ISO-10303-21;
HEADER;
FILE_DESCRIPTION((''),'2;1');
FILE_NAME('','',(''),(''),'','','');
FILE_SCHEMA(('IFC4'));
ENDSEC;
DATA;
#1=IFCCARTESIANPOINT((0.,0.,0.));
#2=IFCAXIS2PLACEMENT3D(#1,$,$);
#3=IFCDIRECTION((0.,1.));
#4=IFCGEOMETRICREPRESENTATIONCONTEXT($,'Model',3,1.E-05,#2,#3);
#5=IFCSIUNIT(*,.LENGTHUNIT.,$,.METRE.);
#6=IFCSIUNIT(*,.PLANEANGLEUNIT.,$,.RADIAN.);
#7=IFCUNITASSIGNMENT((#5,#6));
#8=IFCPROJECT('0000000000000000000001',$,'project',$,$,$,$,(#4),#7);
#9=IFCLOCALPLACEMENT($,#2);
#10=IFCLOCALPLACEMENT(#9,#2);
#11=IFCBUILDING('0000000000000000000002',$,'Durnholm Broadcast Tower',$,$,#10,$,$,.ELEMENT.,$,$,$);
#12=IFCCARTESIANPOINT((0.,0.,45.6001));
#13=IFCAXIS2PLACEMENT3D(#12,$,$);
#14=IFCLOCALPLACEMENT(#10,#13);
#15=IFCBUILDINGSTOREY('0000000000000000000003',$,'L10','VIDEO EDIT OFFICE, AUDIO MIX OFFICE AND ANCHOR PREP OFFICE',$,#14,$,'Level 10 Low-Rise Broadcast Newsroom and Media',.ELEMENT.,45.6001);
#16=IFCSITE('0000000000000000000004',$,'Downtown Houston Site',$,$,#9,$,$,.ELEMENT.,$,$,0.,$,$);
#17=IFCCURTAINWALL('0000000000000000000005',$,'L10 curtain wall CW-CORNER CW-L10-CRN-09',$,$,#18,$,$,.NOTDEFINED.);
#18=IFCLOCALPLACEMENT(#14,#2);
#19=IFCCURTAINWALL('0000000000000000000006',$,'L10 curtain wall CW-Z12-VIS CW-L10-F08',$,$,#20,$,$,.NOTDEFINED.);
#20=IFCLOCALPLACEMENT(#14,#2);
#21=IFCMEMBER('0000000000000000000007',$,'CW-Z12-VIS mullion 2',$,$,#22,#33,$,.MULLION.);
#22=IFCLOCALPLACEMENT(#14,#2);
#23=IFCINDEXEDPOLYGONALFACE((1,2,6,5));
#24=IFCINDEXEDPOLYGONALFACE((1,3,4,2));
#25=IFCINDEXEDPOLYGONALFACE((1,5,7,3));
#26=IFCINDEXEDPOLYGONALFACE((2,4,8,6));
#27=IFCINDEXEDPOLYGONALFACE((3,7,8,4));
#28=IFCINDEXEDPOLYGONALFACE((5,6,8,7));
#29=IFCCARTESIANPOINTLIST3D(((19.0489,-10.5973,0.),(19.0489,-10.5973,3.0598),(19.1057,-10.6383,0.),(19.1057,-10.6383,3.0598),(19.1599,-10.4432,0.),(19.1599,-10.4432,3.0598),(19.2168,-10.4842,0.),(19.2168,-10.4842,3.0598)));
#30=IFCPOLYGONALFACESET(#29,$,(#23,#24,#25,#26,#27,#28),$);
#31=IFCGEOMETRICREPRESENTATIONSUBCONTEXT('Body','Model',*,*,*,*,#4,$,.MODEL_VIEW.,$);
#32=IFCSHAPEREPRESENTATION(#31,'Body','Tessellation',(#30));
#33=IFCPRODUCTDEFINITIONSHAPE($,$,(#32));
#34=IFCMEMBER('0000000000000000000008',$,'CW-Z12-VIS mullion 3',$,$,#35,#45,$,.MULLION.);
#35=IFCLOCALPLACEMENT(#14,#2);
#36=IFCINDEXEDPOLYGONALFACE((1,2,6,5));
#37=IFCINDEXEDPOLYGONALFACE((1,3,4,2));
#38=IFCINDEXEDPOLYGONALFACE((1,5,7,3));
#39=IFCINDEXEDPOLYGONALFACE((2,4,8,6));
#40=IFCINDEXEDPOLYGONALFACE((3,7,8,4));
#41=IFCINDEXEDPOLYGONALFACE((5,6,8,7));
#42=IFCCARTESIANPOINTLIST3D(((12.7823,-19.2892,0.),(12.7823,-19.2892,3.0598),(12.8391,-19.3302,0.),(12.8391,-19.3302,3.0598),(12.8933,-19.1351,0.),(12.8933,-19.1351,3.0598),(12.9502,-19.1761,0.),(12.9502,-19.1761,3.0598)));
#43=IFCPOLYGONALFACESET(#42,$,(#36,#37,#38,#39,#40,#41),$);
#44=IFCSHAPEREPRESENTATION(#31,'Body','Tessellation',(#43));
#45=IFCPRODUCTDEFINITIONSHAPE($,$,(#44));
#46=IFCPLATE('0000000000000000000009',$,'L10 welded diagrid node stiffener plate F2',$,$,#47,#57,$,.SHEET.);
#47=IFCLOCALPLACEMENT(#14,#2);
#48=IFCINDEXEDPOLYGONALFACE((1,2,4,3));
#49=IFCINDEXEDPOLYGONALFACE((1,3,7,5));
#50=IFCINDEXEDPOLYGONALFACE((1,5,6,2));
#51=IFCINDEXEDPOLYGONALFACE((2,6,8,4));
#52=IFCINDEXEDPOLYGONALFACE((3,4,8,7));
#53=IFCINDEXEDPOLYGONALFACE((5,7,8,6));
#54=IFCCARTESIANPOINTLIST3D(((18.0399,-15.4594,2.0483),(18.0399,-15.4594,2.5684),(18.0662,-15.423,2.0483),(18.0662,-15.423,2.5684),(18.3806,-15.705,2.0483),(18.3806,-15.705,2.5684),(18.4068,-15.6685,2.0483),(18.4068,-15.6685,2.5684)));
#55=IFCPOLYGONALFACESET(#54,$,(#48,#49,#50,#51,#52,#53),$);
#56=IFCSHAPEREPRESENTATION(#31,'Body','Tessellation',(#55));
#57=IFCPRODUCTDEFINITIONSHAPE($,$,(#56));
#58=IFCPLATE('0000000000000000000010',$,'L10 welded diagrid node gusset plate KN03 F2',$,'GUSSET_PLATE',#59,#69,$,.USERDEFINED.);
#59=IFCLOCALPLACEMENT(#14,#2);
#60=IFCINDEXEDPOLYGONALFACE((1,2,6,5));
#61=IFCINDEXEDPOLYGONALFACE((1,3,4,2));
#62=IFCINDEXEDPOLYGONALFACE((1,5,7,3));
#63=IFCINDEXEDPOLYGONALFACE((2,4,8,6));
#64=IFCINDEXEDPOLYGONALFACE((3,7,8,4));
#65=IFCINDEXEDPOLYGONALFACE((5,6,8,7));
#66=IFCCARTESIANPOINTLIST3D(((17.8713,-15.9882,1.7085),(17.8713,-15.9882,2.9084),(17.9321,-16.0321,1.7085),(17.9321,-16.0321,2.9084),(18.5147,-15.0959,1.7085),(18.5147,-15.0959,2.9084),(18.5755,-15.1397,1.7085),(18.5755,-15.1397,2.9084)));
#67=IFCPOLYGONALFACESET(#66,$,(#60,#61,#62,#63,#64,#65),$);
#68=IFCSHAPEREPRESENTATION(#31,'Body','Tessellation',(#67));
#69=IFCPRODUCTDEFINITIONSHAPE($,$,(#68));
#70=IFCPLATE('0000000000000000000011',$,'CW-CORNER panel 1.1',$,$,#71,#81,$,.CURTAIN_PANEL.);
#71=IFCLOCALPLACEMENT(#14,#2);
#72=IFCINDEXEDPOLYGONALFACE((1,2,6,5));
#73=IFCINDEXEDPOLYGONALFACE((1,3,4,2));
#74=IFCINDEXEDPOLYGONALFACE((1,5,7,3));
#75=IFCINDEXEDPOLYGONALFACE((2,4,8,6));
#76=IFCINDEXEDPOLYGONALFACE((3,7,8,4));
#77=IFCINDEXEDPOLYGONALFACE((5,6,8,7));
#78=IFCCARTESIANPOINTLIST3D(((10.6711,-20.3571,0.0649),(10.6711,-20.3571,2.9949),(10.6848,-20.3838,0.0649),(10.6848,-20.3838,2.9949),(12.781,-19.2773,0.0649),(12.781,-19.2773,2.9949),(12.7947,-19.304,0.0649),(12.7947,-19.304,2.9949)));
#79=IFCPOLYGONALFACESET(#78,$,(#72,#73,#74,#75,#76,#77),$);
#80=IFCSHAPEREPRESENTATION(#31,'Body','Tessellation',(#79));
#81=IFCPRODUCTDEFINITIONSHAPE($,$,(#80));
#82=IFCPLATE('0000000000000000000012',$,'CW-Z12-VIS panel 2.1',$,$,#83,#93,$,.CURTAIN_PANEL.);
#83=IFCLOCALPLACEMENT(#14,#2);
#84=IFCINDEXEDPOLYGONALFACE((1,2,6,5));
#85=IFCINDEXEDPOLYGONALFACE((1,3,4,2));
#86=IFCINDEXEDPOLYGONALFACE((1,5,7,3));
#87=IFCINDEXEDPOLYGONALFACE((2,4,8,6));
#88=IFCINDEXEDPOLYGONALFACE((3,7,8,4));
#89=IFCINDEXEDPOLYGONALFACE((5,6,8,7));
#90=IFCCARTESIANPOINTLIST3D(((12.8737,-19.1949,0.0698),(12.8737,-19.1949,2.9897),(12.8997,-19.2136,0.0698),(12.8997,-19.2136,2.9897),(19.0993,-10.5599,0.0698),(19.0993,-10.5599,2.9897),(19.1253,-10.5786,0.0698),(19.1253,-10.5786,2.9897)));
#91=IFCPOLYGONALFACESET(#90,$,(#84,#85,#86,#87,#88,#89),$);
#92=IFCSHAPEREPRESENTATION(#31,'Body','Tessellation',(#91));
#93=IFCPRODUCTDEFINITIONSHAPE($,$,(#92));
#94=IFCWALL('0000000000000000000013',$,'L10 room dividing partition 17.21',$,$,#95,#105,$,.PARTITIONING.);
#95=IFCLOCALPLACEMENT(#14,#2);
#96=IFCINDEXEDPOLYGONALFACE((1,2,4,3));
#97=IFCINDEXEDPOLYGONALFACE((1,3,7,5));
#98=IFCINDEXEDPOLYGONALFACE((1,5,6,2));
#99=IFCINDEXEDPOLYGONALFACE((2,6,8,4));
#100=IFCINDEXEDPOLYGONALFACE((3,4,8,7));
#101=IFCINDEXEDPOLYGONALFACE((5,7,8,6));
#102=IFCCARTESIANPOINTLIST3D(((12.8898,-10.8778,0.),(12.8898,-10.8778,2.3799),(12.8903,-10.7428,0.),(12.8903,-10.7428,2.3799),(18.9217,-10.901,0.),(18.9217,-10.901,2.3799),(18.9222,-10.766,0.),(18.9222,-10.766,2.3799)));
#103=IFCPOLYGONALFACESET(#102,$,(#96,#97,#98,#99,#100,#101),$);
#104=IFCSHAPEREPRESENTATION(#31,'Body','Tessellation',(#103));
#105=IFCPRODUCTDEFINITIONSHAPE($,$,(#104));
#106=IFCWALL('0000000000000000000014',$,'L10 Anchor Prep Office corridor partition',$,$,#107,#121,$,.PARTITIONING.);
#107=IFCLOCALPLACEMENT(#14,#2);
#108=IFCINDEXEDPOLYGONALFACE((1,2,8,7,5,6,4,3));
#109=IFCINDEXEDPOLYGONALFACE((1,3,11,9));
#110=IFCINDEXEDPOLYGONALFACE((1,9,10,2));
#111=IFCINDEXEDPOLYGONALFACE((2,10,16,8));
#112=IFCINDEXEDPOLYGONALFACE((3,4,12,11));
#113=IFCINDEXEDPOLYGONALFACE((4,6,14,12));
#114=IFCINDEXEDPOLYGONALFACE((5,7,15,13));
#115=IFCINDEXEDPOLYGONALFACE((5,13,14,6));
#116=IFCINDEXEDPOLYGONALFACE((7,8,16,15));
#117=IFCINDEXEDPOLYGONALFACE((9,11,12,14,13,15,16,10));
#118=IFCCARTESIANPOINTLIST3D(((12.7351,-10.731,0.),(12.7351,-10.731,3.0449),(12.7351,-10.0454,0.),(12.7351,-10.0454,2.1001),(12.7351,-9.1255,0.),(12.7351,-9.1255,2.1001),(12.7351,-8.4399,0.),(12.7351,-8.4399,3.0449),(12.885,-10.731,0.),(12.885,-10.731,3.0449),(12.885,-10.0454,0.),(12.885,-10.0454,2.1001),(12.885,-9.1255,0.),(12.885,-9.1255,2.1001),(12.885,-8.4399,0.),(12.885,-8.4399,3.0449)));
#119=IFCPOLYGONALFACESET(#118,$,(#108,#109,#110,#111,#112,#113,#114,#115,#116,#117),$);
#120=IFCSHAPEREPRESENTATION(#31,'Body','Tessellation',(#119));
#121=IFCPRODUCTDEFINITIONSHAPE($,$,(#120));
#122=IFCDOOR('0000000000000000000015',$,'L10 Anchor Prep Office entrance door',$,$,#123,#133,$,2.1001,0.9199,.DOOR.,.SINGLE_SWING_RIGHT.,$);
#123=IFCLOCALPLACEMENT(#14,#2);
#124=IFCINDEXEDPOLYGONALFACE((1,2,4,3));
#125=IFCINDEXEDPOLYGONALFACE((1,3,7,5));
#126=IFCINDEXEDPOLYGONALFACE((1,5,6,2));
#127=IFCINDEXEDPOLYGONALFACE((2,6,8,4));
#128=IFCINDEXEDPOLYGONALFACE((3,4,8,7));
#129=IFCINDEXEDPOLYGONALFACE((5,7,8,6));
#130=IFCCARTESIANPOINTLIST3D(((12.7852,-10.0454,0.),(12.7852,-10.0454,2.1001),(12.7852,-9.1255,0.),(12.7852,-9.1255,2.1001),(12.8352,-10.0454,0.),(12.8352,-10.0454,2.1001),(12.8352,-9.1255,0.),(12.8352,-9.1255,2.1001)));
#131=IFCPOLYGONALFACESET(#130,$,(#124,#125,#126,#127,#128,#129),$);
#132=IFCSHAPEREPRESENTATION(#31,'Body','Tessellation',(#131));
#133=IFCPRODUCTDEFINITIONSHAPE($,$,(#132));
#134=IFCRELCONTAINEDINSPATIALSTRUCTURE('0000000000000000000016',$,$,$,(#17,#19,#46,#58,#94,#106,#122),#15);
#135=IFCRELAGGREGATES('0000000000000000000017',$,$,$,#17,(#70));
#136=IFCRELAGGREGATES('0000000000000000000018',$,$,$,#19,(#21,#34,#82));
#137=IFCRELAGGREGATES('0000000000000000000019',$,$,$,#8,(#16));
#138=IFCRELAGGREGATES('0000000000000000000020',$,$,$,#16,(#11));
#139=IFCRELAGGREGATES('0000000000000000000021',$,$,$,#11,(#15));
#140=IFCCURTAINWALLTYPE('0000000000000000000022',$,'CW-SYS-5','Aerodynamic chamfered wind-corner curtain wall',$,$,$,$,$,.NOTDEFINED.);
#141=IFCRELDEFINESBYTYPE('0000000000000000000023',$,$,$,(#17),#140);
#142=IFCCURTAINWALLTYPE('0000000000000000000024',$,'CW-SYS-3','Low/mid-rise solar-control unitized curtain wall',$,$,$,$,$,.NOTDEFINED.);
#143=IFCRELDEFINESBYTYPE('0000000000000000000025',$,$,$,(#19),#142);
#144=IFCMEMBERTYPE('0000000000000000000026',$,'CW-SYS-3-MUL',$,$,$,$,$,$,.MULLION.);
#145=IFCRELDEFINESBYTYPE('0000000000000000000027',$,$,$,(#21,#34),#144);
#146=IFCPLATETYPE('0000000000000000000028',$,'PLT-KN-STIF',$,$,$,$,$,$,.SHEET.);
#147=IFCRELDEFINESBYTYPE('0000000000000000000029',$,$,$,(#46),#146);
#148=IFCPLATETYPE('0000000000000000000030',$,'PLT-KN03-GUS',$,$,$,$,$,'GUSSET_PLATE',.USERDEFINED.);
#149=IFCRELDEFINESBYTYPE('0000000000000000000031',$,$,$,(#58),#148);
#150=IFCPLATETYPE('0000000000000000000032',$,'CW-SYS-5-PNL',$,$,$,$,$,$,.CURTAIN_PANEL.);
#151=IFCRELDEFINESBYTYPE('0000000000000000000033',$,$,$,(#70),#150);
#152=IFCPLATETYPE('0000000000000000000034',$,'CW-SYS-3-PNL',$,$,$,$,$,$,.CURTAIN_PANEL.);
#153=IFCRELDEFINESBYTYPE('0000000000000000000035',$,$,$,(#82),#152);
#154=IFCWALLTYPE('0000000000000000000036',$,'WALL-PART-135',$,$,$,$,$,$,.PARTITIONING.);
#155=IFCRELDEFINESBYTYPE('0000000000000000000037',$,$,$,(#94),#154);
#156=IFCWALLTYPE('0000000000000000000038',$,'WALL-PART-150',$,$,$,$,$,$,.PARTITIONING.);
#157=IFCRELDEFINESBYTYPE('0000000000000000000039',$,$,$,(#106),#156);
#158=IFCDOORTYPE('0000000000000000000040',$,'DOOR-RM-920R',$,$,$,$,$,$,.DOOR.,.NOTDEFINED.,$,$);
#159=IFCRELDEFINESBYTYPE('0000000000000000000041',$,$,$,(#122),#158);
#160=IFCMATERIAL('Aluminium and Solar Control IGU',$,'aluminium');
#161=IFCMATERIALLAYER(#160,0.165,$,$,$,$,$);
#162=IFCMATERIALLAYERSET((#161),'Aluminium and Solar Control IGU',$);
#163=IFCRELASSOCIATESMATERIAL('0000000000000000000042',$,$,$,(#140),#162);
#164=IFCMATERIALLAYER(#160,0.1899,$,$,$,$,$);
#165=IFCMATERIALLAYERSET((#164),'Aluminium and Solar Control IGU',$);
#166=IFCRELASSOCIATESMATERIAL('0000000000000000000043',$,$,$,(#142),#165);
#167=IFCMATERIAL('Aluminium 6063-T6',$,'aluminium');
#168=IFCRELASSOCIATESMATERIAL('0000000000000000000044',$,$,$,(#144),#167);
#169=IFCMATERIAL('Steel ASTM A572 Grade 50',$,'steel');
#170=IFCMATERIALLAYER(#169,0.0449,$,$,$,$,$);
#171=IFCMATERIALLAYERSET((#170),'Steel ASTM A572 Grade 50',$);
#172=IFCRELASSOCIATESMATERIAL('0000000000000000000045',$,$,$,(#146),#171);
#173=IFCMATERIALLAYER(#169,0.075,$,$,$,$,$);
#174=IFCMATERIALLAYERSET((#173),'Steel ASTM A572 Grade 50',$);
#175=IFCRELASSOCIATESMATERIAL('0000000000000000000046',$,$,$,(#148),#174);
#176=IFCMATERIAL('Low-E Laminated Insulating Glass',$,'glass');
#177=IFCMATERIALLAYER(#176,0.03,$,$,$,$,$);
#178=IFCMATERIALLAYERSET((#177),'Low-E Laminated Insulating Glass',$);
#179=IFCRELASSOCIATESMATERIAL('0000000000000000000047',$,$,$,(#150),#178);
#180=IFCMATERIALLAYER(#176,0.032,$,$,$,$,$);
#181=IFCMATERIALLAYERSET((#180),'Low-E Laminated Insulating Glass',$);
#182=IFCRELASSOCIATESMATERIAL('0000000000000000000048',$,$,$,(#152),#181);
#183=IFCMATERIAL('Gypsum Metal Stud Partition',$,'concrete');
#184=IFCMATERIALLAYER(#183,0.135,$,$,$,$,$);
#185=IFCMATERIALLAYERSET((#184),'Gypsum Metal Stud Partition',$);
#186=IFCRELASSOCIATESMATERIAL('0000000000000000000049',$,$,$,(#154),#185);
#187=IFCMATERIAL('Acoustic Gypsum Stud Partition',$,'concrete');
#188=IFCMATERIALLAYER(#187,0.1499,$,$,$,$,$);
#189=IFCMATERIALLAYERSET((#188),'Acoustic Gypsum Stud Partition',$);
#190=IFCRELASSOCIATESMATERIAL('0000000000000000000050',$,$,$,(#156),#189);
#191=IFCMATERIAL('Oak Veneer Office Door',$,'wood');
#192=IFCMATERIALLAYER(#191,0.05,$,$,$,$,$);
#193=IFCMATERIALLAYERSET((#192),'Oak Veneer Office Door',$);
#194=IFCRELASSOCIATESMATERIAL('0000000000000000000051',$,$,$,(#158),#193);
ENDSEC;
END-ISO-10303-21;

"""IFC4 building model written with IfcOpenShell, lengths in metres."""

from ifc_helpers import new_model, si_unit, direction, frame, frame_2d, origin, origin_2d, place, context, subcontext, project, spatial, rectangle, extrude, source, transform, mapped, material, layer, layer_set, material_profile, profile_set, type_object, type_shapes, element, fill, aggregate, save


model = new_model("IFC4")

# Units and contexts
model_context = context("Model", 3, precision=1e-05, world=origin(), true_north=direction((0.0, 1.0)))
body_context = subcontext(model_context, "Body", "Model", "MODEL_VIEW")
ifc_project = project(units=[si_unit("LENGTHUNIT", "METRE"), si_unit("PLANEANGLEUNIT", "RADIAN")], contexts=[model_context])

# Site, building, storey
site_placement = place(None, origin())
site = spatial("IfcSite", under=ifc_project, at=site_placement, Name="Downtown Houston Site", CompositionType="ELEMENT", RefElevation=0.0)
building_placement = place(site_placement, origin())
building = spatial("IfcBuilding", under=site, at=building_placement, Name="Durnholm Broadcast Tower", CompositionType="ELEMENT")
storey_placement = place(building_placement, frame((0.0, 0.0, 45.6001)))
storey = spatial("IfcBuildingStorey", under=building, at=storey_placement, Name="L10", Description="VIDEO EDIT OFFICE, AUDIO MIX OFFICE AND ANCHOR PREP OFFICE", LongName="Level 10 Low-Rise Broadcast Newsroom and Media", CompositionType="ELEMENT", Elevation=45.6001)

# Curtain walls
ifc_material_1 = material(Name="Aluminium and Solar Control IGU", Category="aluminium")
ifc_layer_1 = layer(ifc_material_1, 0.165)
ifc_layer_set_1 = layer_set([ifc_layer_1], Name="Aluminium and Solar Control IGU")
curtain_wall_type_1 = type_object("IfcCurtainWallType", Name="CW-SYS-5", Description="Aerodynamic chamfered wind-corner curtain wall", PredefinedType="NOTDEFINED", material=ifc_layer_set_1)
curtain_wall_1_placement = place(storey_placement, origin())
curtain_wall_1 = element("IfcCurtainWall", 1, at=curtain_wall_1_placement, inside=storey, type_object=curtain_wall_type_1, Name="L10 curtain wall CW-CORNER CW-L10-CRN-09", PredefinedType="NOTDEFINED")
ifc_material_2 = material(Name="Aluminium 6063-T6", Category="aluminium")
ifc_layer_2 = layer(ifc_material_1, 0.1899)
ifc_layer_set_2 = layer_set([ifc_layer_2], Name="Aluminium and Solar Control IGU")
curtain_wall_type_2 = type_object("IfcCurtainWallType", Name="CW-SYS-3", Description="Low/mid-rise solar-control unitized curtain wall", PredefinedType="NOTDEFINED", material=ifc_layer_set_2)
curtain_wall_2_placement = place(storey_placement, origin())
curtain_wall_2 = element("IfcCurtainWall", 2, at=curtain_wall_2_placement, inside=storey, type_object=curtain_wall_type_2, Name="L10 curtain wall CW-Z12-VIS CW-L10-F08", PredefinedType="NOTDEFINED")

# Members
ifc_material_profile_1 = material_profile(ifc_material_2, rectangle(XDim=0.0701, YDim=0.1899, at=origin_2d()), Name="CWM70X190")
ifc_profile_set_1 = profile_set([ifc_material_profile_1], Name="Aluminium 6063-T6")
member_type_1 = type_object("IfcMemberType", Name="CW-SYS-3-MUL", PredefinedType="MULLION", material=ifc_profile_set_1)
shared_shape_1 = source(origin(), body_context, "Body", "SweptSolid", [
    extrude(rectangle(XDim=0.0701, YDim=0.1899, at=origin_2d()), origin(), (0.0, 0.0, 1.0), 3.0598),
])
type_shapes(member_type_1, [shared_shape_1])
member_1_placement = place(storey_placement, frame((19.1328, -10.5408, 0.0), z_axis=(0.0, 0.0, 1.0), x_axis=(0.811161, -0.584823, 0.0)))
member_1 = element("IfcMember", 3, at=member_1_placement, type_object=member_type_1, Name="CW-Z12-VIS mullion 2", PredefinedType="MULLION", context=body_context, shape_type="MappedRepresentation", body=[
    mapped(shared_shape_1, transform((0.0, 0.0, 0.0), x_axis=(1.0, 0.0, 0.0), y_axis=(0.0, 1.0, 0.0), z_axis=(0.0, 0.0, 1.0), scale=1.0)),
])
member_2_placement = place(storey_placement, frame((12.8662, -19.2327, 0.0), z_axis=(0.0, 0.0, 1.0), x_axis=(0.811161, -0.584823, 0.0)))
member_2 = element("IfcMember", 4, at=member_2_placement, type_object=member_type_1, Name="CW-Z12-VIS mullion 3", PredefinedType="MULLION", context=body_context, shape_type="MappedRepresentation", body=[
    mapped(shared_shape_1, transform((0.0, 0.0, 0.0), x_axis=(1.0, 0.0, 0.0), y_axis=(0.0, 1.0, 0.0), z_axis=(0.0, 0.0, 1.0), scale=1.0)),
])

# Plates
ifc_material_3 = material(Name="Steel ASTM A572 Grade 50", Category="steel")
ifc_layer_3 = layer(ifc_material_3, 0.0449)
ifc_layer_set_3 = layer_set([ifc_layer_3], Name="Steel ASTM A572 Grade 50")
plate_type_1 = type_object("IfcPlateType", Name="PLT-KN-STIF", PredefinedType="SHEET", material=ifc_layer_set_3)
shared_shape_2 = source(origin(), body_context, "Body", "SweptSolid", [
    extrude(rectangle(XDim=0.0449, YDim=0.4199, at=origin_2d()), origin(), (0.0, 0.0, 1.0), 0.52),
])
type_shapes(plate_type_1, [shared_shape_2])
plate_1_placement = place(storey_placement, frame((18.2234, -15.564, 2.0483), z_axis=(0.0, 0.0, 1.0), x_axis=(0.584816, 0.811166, 0.0)))
element("IfcPlate", 5, at=plate_1_placement, inside=storey, type_object=plate_type_1, Name="L10 welded diagrid node stiffener plate F2", PredefinedType="SHEET", context=body_context, shape_type="MappedRepresentation", body=[
    mapped(shared_shape_2, transform((0.0, 0.0, 0.0), x_axis=(1.0, 0.0, 0.0), y_axis=(0.0, 1.0, 0.0), z_axis=(0.0, 0.0, 1.0), scale=1.0)),
])
ifc_layer_4 = layer(ifc_material_3, 0.075)
ifc_layer_set_4 = layer_set([ifc_layer_4], Name="Steel ASTM A572 Grade 50")
plate_type_2 = type_object("IfcPlateType", Name="PLT-KN03-GUS", ElementType="GUSSET_PLATE", PredefinedType="USERDEFINED", material=ifc_layer_set_4)
shared_shape_3 = source(origin(), body_context, "Body", "SweptSolid", [
    extrude(rectangle(XDim=1.1001, YDim=0.075, at=origin_2d()), origin(), (0.0, 0.0, 1.0), 1.2),
])
type_shapes(plate_type_2, [shared_shape_3])
plate_2_placement = place(storey_placement, frame((18.2234, -15.564, 1.7085), z_axis=(0.0, 0.0, 1.0), x_axis=(0.584816, 0.811166, 0.0)))
element("IfcPlate", 6, at=plate_2_placement, inside=storey, type_object=plate_type_2, Name="L10 welded diagrid node gusset plate KN03 F2", ObjectType="GUSSET_PLATE", PredefinedType="USERDEFINED", context=body_context, shape_type="MappedRepresentation", body=[
    mapped(shared_shape_3, transform((0.0, 0.0, 0.0), x_axis=(1.0, 0.0, 0.0), y_axis=(0.0, 1.0, 0.0), z_axis=(0.0, 0.0, 1.0), scale=1.0)),
])

# Plates
ifc_material_4 = material(Name="Low-E Laminated Insulating Glass", Category="glass")
ifc_layer_5 = layer(ifc_material_4, 0.03)
ifc_layer_set_5 = layer_set([ifc_layer_5], Name="Low-E Laminated Insulating Glass")
plate_type_3 = type_object("IfcPlateType", Name="CW-SYS-5-PNL", PredefinedType="CURTAIN_PANEL", material=ifc_layer_set_5)
shared_shape_4 = source(origin(), body_context, "Body", "SweptSolid", [
    extrude(rectangle(XDim=2.3701, YDim=0.03, at=origin_2d()), origin(), (0.0, 0.0, 1.0), 2.9299),
])
type_shapes(plate_type_3, [shared_shape_4])
plate_3_placement = place(storey_placement, frame((11.7329, -19.8306, 0.0649), z_axis=(0.0, 0.0, 1.0), x_axis=(-0.890188, -0.455594, 0.0)))
plate_3 = element("IfcPlate", 7, at=plate_3_placement, type_object=plate_type_3, Name="CW-CORNER panel 1.1", PredefinedType="CURTAIN_PANEL", context=body_context, shape_type="MappedRepresentation", body=[
    mapped(shared_shape_4, transform((0.0, 0.0, 0.0), x_axis=(1.0, 0.0, 0.0), y_axis=(0.0, 1.0, 0.0), z_axis=(0.0, 0.0, 1.0), scale=1.0)),
])
aggregate(curtain_wall_1, [plate_3])
ifc_layer_6 = layer(ifc_material_4, 0.032)
ifc_layer_set_6 = layer_set([ifc_layer_6], Name="Low-E Laminated Insulating Glass")
plate_type_4 = type_object("IfcPlateType", Name="CW-SYS-3-PNL", PredefinedType="CURTAIN_PANEL", material=ifc_layer_set_6)
shared_shape_5 = source(origin(), body_context, "Body", "SweptSolid", [
    extrude(rectangle(XDim=10.6453, YDim=0.032, at=origin_2d()), origin(), (0.0, 0.0, 1.0), 2.9199),
])
type_shapes(plate_type_4, [shared_shape_5])
plate_4_placement = place(storey_placement, frame((15.9995, -14.8867, 0.0698), z_axis=(0.0, 0.0, 1.0), x_axis=(-0.584823, -0.811161, 0.0)))
plate_4 = element("IfcPlate", 8, at=plate_4_placement, type_object=plate_type_4, Name="CW-Z12-VIS panel 2.1", PredefinedType="CURTAIN_PANEL", context=body_context, shape_type="MappedRepresentation", body=[
    mapped(shared_shape_5, transform((0.0, 0.0, 0.0), x_axis=(1.0, 0.0, 0.0), y_axis=(0.0, 1.0, 0.0), z_axis=(0.0, 0.0, 1.0), scale=1.0)),
])
aggregate(curtain_wall_2, [member_1, member_2, plate_4])

# Wall
ifc_material_5 = material(Name="Gypsum Metal Stud Partition", Category="concrete")
ifc_layer_7 = layer(ifc_material_5, 0.135)
ifc_layer_set_7 = layer_set([ifc_layer_7], Name="Gypsum Metal Stud Partition")
wall_type_1 = type_object("IfcWallType", Name="WALL-PART-135", PredefinedType="PARTITIONING", material=ifc_layer_set_7)
wall_1_placement = place(storey_placement, frame((12.8899, -10.8103, 0.0), z_axis=(0.0, 0.0, 1.0), x_axis=(0.999993, -0.003845, 0.0)))
element("IfcWall", 9, at=wall_1_placement, inside=storey, type_object=wall_type_1, Name="L10 room dividing partition 17.21", PredefinedType="PARTITIONING", context=body_context, shape_type="SweptSolid", body=[
    extrude(rectangle(XDim=6.032, YDim=0.135, at=frame_2d((3.0161, 0.0))), origin(), (0.0, 0.0, 1.0), 2.3799),
])

# Wall, opening, door
ifc_material_6 = material(Name="Acoustic Gypsum Stud Partition", Category="concrete")
ifc_layer_8 = layer(ifc_material_6, 0.1499)
ifc_layer_set_8 = layer_set([ifc_layer_8], Name="Acoustic Gypsum Stud Partition")
wall_type_2 = type_object("IfcWallType", Name="WALL-PART-150", PredefinedType="PARTITIONING", material=ifc_layer_set_8)
wall_2_placement = place(storey_placement, frame((12.8101, -10.731, 0.0), z_axis=(0.0, 0.0, 1.0), x_axis=(0.0, 1.0, 0.0)))
wall_2 = element("IfcWall", 10, at=wall_2_placement, inside=storey, type_object=wall_type_2, Name="L10 Anchor Prep Office corridor partition", PredefinedType="PARTITIONING", context=body_context, shape_type="SweptSolid", body=[
    extrude(rectangle(XDim=2.291, YDim=0.1499, at=frame_2d((1.1455, 0.0))), origin(), (0.0, 0.0, 1.0), 3.0449),
])
opening_placement = place(wall_2_placement, frame((0.6855, 0.0, 0.0)))
opening = element("IfcOpeningElement", 11, at=opening_placement, cuts=wall_2, PredefinedType="OPENING", context=body_context, shape_type="SweptSolid", body=[
    extrude(rectangle(XDim=0.9199, YDim=2.1001, at=frame_2d((0.46, 1.05))), frame((0.0, 0.085, 0.0), z_axis=(0.0, -1.0, 0.0), x_axis=(1.0, 0.0, 0.0)), (0.0, 0.0, 1.0), 0.1699),
])
ifc_material_7 = material(Name="Oak Veneer Office Door", Category="wood")
ifc_layer_9 = layer(ifc_material_7, 0.05)
ifc_layer_set_9 = layer_set([ifc_layer_9], Name="Oak Veneer Office Door")
door_type = type_object("IfcDoorType", Name="DOOR-RM-920R", OperationType="NOTDEFINED", PredefinedType="DOOR", material=ifc_layer_set_9)
shared_shape_6 = source(origin(), body_context, "Body", "SweptSolid", [
    extrude(rectangle(XDim=0.9199, YDim=2.1001, at=frame_2d((0.46, 1.05))), frame((0.0, 0.0249, 0.0), z_axis=(0.0, -1.0, 0.0), x_axis=(1.0, 0.0, 0.0)), (0.0, 0.0, 1.0), 0.05),
])
type_shapes(door_type, [shared_shape_6])
door_placement = place(opening_placement, origin())
door = element("IfcDoor", 12, at=door_placement, inside=storey, type_object=door_type, Name="L10 Anchor Prep Office entrance door", OperationType="SINGLE_SWING_RIGHT", OverallHeight=2.1001, OverallWidth=0.9199, PredefinedType="DOOR", context=body_context, shape_type="MappedRepresentation", body=[
    mapped(shared_shape_6, transform((0.0, 0.0, 0.0), x_axis=(1.0, 0.0, 0.0), y_axis=(0.0, 1.0, 0.0), z_axis=(0.0, 0.0, 1.0), scale=1.0)),
])
fill(opening, door)

save(model, "model.ifc")
